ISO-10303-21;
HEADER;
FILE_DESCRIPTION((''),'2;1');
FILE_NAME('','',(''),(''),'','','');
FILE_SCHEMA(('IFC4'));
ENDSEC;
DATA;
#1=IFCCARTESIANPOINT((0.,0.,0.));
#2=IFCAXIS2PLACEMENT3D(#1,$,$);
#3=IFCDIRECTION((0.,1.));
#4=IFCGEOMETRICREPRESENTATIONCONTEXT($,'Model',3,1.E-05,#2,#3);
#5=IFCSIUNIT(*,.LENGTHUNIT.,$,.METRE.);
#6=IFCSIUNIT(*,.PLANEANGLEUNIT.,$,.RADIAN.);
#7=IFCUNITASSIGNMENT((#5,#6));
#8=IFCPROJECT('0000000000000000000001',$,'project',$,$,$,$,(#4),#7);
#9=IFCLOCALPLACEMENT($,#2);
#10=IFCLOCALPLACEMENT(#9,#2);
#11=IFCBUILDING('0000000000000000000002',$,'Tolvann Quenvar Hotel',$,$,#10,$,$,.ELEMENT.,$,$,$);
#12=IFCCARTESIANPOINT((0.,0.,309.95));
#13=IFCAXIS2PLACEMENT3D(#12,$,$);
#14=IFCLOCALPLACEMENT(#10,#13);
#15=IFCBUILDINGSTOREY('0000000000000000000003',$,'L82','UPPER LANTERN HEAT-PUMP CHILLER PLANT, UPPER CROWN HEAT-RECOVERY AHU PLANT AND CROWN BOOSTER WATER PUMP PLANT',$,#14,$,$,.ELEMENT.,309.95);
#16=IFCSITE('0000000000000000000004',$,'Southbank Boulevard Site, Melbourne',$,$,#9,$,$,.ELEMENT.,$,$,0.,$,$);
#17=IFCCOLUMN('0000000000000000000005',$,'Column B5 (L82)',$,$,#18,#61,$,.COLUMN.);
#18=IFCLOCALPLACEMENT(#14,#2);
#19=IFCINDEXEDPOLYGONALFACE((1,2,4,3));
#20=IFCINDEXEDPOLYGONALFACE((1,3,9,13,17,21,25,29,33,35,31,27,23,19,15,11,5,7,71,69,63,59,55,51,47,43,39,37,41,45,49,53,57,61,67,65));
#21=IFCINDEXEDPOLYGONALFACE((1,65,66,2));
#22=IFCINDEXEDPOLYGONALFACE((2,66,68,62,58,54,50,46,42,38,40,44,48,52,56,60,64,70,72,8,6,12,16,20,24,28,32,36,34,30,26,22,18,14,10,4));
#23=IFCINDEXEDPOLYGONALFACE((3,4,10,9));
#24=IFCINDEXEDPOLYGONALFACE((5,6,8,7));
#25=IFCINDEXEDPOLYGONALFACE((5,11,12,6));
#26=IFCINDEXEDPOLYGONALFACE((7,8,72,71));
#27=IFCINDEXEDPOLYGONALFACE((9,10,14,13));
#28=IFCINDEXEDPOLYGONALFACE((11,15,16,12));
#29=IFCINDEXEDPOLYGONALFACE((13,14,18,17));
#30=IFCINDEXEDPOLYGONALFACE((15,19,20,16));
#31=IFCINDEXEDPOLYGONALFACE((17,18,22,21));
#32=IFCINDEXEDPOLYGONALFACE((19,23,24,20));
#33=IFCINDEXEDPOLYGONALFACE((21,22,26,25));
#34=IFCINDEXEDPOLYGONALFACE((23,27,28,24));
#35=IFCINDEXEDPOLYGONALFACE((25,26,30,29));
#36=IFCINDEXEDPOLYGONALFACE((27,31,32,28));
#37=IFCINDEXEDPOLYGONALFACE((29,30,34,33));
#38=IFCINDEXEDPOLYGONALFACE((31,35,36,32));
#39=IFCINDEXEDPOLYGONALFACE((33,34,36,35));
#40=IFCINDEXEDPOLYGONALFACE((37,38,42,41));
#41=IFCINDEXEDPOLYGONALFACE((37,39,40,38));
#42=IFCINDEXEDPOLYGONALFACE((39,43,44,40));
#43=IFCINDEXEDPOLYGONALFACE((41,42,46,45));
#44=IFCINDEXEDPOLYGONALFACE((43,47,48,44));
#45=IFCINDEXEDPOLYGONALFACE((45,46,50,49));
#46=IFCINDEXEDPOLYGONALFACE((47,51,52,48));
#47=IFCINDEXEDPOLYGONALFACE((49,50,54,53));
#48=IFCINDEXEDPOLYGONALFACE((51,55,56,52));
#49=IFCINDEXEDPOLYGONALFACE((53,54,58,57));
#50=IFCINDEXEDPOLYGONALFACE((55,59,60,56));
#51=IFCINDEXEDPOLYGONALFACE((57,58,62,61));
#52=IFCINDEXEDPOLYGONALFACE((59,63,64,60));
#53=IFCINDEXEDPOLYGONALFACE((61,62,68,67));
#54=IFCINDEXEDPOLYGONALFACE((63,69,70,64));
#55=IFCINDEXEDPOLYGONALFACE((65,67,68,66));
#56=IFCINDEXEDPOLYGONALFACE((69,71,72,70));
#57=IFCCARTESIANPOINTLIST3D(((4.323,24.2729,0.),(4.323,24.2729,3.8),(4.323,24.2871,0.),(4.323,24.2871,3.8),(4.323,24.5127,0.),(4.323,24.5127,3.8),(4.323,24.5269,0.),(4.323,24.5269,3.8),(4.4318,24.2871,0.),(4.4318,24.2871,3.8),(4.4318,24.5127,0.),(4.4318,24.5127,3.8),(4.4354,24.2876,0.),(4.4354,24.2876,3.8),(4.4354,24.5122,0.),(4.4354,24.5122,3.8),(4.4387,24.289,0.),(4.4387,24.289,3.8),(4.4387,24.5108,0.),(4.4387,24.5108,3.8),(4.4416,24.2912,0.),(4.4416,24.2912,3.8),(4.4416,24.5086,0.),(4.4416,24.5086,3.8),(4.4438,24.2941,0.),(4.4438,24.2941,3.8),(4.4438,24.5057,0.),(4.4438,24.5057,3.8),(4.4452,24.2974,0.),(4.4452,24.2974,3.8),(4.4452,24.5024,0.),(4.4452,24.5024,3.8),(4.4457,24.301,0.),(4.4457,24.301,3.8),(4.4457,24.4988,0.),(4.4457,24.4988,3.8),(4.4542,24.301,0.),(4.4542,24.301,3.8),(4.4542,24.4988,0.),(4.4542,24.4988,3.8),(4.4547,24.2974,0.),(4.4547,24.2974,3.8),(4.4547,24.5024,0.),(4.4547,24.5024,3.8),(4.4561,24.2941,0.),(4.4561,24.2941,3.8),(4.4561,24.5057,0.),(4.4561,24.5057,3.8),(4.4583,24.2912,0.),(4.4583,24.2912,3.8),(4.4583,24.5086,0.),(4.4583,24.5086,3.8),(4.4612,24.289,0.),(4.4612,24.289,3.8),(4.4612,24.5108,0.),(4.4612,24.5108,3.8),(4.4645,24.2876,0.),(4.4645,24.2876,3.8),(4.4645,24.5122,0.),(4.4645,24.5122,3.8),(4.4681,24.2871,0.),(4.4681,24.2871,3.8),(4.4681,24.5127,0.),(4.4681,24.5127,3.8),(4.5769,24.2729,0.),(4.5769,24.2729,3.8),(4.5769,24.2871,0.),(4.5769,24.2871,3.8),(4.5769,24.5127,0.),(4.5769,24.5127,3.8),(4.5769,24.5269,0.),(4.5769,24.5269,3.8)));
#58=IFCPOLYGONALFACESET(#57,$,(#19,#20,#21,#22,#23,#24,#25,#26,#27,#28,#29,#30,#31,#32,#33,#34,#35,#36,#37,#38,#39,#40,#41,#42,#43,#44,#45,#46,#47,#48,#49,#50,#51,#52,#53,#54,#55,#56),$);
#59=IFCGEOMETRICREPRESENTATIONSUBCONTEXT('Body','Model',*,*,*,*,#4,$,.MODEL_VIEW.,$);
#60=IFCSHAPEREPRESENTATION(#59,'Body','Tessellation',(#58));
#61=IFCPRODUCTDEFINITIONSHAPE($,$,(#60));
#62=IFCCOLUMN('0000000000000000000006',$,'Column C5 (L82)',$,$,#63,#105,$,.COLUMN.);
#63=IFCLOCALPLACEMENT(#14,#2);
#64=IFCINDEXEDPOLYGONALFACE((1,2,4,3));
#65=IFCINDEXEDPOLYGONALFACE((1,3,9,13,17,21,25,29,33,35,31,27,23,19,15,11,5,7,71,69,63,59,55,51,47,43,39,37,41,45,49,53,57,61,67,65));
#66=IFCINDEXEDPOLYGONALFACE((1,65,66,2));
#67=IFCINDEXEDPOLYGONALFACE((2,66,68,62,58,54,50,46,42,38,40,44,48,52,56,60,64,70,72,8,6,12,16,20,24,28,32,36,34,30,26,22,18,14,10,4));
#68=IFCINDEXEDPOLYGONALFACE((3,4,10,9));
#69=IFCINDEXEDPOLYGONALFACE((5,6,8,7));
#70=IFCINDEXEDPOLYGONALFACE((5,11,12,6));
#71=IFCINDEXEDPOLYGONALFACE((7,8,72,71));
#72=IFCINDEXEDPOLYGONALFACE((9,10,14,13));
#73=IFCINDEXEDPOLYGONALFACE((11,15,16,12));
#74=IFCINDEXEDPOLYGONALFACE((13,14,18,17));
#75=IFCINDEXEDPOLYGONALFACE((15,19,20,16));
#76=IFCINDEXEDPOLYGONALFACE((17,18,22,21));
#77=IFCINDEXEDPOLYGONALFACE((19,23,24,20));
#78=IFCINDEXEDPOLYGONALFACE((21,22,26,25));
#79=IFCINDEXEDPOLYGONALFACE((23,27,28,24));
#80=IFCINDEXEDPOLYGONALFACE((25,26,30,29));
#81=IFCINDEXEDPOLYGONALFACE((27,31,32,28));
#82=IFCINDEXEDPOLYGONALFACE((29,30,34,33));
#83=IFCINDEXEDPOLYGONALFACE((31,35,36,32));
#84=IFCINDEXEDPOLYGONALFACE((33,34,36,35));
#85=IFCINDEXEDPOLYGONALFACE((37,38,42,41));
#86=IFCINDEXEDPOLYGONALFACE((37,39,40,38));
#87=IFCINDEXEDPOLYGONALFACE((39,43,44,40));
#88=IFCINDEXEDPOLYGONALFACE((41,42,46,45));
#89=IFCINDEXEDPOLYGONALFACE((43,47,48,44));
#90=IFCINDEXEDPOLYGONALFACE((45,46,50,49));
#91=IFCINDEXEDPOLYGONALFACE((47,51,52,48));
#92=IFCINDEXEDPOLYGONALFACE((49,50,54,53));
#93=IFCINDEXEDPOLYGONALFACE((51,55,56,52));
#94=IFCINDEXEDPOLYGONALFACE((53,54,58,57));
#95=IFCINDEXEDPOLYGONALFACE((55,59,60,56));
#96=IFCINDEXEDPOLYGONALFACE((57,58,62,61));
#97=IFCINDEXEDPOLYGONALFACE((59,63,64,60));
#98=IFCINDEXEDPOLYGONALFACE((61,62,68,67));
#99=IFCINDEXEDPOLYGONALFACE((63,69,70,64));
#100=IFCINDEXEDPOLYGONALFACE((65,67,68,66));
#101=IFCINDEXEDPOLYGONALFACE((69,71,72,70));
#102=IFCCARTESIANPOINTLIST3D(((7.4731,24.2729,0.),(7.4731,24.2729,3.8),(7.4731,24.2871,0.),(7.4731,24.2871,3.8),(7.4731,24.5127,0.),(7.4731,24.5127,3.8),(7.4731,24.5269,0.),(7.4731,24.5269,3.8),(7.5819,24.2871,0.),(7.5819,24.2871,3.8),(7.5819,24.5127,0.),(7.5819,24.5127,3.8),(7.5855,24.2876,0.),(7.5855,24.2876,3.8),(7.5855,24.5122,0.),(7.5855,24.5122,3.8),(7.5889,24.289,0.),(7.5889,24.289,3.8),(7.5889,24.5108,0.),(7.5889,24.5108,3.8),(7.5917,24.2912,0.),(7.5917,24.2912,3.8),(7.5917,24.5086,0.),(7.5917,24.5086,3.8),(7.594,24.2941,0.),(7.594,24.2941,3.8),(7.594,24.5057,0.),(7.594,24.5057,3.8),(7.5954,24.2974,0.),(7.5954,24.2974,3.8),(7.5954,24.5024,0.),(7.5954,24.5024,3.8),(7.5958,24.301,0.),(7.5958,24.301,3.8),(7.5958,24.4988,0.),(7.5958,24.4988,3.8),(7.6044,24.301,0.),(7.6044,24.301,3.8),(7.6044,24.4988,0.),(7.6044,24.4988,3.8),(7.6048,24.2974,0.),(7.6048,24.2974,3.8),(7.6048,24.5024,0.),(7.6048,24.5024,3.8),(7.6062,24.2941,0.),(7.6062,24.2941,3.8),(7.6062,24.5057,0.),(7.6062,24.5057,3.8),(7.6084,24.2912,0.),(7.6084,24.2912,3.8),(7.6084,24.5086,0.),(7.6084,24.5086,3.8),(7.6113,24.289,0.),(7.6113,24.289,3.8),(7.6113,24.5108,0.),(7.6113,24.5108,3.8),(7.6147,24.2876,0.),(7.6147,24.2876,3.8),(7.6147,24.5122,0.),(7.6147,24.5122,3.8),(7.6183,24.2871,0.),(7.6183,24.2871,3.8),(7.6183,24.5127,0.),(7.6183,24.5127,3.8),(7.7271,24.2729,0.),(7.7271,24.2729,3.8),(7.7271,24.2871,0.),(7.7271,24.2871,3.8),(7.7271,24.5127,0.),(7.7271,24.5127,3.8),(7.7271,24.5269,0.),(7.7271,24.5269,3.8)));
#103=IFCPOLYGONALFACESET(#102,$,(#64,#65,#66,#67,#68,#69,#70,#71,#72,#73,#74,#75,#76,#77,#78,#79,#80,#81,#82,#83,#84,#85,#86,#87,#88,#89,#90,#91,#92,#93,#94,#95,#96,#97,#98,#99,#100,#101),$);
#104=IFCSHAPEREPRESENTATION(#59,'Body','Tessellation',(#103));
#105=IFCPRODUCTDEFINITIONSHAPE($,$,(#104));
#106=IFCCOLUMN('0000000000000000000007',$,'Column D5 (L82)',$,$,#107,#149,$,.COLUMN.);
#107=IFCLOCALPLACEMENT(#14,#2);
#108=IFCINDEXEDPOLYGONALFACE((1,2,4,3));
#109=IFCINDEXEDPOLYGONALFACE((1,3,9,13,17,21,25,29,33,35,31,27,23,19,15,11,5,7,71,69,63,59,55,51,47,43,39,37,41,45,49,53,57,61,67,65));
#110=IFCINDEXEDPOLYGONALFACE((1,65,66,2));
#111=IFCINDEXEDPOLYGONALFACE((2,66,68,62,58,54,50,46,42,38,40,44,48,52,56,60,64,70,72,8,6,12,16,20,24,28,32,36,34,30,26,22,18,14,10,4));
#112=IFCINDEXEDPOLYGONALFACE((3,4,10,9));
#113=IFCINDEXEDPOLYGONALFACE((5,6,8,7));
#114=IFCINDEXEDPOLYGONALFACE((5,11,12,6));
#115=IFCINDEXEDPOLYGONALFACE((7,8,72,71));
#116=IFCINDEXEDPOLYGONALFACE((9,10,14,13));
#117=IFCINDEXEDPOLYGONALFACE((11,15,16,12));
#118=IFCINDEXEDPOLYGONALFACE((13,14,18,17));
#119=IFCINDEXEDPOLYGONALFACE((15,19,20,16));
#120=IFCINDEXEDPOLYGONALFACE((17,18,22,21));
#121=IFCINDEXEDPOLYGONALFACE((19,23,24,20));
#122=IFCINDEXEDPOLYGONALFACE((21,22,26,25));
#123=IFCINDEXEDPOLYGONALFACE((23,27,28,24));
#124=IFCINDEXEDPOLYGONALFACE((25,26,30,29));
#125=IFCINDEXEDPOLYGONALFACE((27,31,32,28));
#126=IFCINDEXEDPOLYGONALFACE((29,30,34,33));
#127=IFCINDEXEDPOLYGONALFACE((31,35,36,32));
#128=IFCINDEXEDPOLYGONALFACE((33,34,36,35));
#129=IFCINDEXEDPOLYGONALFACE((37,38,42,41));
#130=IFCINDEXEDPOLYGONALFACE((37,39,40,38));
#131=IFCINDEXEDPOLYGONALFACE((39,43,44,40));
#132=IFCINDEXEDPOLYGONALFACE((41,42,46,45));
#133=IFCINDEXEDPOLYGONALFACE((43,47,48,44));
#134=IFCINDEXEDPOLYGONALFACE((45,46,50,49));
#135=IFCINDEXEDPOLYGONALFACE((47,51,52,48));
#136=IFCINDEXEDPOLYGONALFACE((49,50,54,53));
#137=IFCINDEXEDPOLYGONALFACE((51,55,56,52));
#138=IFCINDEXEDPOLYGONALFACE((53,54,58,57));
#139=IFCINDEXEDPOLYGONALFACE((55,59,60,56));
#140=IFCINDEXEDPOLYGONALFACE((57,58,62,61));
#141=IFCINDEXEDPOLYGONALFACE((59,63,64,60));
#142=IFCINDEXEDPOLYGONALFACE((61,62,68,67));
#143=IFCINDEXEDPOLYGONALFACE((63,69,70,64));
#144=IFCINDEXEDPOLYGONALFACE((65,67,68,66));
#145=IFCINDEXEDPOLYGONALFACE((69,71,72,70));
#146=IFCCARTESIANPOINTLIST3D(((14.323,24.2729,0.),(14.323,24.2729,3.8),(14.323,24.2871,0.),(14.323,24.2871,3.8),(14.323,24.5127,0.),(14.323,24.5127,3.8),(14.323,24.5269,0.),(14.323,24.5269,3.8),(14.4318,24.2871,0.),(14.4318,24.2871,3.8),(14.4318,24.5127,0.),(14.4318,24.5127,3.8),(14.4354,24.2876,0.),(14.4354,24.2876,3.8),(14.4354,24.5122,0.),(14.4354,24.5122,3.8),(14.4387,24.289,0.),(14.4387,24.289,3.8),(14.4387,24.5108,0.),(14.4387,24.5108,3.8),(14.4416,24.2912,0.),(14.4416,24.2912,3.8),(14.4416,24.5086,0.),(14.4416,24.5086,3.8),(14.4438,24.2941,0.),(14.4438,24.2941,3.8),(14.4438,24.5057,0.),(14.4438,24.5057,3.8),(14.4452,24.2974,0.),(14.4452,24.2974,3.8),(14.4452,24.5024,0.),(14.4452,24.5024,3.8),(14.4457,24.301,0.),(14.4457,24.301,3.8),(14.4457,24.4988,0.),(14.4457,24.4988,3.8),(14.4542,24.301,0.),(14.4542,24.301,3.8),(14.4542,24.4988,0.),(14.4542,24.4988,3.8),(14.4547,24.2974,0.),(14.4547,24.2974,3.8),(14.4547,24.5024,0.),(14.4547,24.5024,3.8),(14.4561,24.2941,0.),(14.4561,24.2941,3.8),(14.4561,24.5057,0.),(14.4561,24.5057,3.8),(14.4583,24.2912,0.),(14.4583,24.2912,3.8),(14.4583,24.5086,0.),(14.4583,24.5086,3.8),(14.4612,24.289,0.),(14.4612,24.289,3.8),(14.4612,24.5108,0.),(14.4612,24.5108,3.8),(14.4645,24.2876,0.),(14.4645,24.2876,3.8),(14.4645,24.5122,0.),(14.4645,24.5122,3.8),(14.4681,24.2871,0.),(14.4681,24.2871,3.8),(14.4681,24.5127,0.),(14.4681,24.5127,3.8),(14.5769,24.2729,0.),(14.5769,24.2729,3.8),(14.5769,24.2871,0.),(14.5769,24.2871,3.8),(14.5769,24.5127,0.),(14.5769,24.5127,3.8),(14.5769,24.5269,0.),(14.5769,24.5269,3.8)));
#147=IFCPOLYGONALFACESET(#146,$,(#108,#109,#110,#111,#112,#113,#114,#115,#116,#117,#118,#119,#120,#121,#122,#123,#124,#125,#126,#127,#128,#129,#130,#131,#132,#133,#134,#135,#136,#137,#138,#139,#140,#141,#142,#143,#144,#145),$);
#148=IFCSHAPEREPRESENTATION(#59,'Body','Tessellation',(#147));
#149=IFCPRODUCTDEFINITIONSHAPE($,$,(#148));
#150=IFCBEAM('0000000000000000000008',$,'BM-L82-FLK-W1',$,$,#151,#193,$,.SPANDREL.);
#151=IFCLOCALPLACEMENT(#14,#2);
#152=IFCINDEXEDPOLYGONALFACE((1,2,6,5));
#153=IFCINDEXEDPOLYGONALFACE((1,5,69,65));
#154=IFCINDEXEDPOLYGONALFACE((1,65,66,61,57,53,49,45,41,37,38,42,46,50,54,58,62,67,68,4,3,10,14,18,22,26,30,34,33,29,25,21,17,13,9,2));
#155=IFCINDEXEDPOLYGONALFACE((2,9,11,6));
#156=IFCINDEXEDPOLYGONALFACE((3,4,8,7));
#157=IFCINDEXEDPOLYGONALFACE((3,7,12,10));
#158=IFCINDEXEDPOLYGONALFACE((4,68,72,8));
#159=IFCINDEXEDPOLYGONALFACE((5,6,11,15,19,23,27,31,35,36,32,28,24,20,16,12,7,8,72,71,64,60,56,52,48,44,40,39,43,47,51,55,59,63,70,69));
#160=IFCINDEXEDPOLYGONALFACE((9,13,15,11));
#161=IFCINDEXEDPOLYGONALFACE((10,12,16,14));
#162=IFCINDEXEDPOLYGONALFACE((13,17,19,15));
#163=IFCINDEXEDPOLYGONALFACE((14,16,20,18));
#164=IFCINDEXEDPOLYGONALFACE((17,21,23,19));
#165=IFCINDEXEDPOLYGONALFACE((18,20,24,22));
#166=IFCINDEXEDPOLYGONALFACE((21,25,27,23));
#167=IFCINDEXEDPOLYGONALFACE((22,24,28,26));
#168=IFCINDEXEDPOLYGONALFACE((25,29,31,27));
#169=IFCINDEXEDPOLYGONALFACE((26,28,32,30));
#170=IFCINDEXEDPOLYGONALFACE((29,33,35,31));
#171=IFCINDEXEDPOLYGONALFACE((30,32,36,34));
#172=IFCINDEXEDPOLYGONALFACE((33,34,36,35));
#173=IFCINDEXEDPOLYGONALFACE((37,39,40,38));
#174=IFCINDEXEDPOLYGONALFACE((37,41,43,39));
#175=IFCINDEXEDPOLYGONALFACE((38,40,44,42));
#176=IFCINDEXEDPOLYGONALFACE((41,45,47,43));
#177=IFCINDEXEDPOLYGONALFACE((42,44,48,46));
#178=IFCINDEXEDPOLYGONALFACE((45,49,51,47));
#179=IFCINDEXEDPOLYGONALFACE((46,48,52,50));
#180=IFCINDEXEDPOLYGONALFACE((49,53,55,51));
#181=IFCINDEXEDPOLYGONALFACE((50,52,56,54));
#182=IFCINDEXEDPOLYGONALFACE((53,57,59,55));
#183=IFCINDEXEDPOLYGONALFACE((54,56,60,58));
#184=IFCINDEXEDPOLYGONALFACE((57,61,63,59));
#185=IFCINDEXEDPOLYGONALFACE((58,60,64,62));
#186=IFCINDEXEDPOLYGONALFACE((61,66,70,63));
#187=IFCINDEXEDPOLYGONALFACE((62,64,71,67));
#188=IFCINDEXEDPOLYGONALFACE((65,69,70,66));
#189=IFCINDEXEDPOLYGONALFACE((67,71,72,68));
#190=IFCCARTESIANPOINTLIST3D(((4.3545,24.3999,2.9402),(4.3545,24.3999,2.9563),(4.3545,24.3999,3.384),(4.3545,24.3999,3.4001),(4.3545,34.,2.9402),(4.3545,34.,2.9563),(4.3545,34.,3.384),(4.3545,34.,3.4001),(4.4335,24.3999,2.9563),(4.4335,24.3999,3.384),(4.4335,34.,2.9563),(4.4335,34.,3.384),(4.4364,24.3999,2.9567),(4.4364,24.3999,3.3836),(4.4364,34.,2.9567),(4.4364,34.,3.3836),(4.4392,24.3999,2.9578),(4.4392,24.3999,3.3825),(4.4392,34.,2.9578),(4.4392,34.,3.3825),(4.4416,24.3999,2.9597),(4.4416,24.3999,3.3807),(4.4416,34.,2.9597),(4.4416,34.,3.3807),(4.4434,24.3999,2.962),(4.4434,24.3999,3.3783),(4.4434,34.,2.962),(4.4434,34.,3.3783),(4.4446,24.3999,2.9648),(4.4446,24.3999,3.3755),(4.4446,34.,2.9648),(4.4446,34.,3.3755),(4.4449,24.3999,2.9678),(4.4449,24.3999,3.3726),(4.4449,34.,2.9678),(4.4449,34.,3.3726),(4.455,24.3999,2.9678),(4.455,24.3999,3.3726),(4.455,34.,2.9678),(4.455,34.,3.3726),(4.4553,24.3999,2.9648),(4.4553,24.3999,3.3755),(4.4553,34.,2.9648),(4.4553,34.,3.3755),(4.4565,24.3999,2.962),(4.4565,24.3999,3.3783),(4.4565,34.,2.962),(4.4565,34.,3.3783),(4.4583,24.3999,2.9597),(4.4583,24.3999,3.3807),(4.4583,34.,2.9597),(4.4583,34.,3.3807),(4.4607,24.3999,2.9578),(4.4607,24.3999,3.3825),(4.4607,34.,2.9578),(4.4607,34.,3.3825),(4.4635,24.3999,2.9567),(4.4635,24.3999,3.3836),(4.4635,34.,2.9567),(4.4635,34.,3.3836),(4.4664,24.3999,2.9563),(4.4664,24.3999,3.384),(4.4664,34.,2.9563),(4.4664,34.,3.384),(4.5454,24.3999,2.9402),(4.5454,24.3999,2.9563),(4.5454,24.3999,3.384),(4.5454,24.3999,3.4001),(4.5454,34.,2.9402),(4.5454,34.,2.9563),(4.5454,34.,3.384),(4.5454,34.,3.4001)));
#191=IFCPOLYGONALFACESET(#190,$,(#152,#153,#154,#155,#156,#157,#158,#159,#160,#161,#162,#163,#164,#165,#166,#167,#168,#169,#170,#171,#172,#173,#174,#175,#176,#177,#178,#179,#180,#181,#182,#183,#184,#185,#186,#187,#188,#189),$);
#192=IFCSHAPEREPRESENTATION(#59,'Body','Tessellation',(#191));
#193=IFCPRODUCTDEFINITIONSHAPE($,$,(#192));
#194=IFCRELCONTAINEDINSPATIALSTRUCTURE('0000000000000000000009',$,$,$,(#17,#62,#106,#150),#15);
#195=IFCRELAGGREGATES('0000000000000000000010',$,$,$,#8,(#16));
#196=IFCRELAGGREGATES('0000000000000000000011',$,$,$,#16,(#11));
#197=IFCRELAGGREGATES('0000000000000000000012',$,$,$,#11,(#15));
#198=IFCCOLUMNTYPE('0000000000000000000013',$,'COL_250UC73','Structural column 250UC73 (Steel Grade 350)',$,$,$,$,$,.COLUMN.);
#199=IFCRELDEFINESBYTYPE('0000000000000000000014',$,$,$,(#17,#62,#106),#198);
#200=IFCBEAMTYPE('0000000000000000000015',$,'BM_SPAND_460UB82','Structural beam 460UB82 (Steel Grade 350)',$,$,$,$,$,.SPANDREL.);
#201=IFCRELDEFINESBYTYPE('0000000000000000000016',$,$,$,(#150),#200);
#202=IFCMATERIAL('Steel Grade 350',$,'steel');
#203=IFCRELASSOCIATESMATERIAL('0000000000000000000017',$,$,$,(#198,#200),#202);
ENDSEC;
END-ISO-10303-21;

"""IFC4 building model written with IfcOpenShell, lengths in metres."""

from ifc_helpers import new_model, si_unit, direction, frame, origin, origin_2d, place, context, subcontext, project, spatial, i_section, extrude, source, transform, mapped, material, material_profile, profile_set, type_object, type_shapes, element, save


model = new_model("IFC4")

# Units and contexts
model_context = context("Model", 3, precision=1e-05, world=origin(), true_north=direction((0.0, 1.0)))
body_context = subcontext(model_context, "Body", "Model", "MODEL_VIEW")
ifc_project = project(units=[si_unit("LENGTHUNIT", "METRE"), si_unit("PLANEANGLEUNIT", "RADIAN")], contexts=[model_context])

# Site, building, storey
site_placement = place(None, origin())
site = spatial("IfcSite", under=ifc_project, at=site_placement, Name="Southbank Boulevard Site, Melbourne", CompositionType="ELEMENT", RefElevation=0.0)
building_placement = place(site_placement, origin())
building = spatial("IfcBuilding", under=site, at=building_placement, Name="Tolvann Quenvar Hotel", CompositionType="ELEMENT")
storey_placement = place(building_placement, frame((0.0, 0.0, 309.95)))
storey = spatial("IfcBuildingStorey", under=building, at=storey_placement, Name="L82", Description="UPPER LANTERN HEAT-PUMP CHILLER PLANT, UPPER CROWN HEAT-RECOVERY AHU PLANT AND CROWN BOOSTER WATER PUMP PLANT", CompositionType="ELEMENT", Elevation=309.95)

# Columns
ifc_material_1 = material(Name="Steel Grade 350", Category="steel")
ifc_material_profile_1 = material_profile(ifc_material_1, i_section(OverallWidth=0.2539, OverallDepth=0.2539, WebThickness=0.0085, FlangeThickness=0.0142, FilletRadius=0.0139, at=origin_2d()), Name="250UC73")
ifc_profile_set_1 = profile_set([ifc_material_profile_1], Name="Steel Grade 350")
column_type = type_object("IfcColumnType", Name="COL_250UC73", Description="Structural column 250UC73 (Steel Grade 350)", PredefinedType="COLUMN", material=ifc_profile_set_1)
shared_shape_1 = source(origin(), body_context, "Body", "SweptSolid", [
    extrude(i_section(OverallWidth=0.2539, OverallDepth=0.2539, WebThickness=0.0085, FlangeThickness=0.0142, FilletRadius=0.0139, at=origin_2d()), origin(), (0.0, 0.0, 1.0), 3.8),
])
type_shapes(column_type, [shared_shape_1])
for number, where, z_axis, x_axis, name in (
    (1, (4.45, 24.3999, 0.0), (0.0, 0.0, 1.0), (1.0, 0.0, 0.0), "Column B5 (L82)"),
    (2, (7.6001, 24.3999, 0.0), (0.0, 0.0, 1.0), (1.0, 0.0, 0.0), "Column C5 (L82)"),
    (3, (14.45, 24.3999, 0.0), (0.0, 0.0, 1.0), (1.0, 0.0, 0.0), "Column D5 (L82)"),
):
    element("IfcColumn", number, at=place(storey_placement, frame(where, z_axis=z_axis, x_axis=x_axis)), inside=storey, type_object=column_type, Name=name, PredefinedType="COLUMN", context=body_context, shape_type="MappedRepresentation", body=[
        mapped(shared_shape_1, transform((0.0, 0.0, 0.0), x_axis=(1.0, 0.0, 0.0), y_axis=(0.0, 1.0, 0.0), z_axis=(0.0, 0.0, 1.0), scale=1.0)),
    ])

# Beam
ifc_material_profile_2 = material_profile(ifc_material_1, i_section(OverallWidth=0.1909, OverallDepth=0.46, WebThickness=0.01, FlangeThickness=0.0161, FilletRadius=0.0115, at=origin_2d()), Name="460UB82")
ifc_profile_set_2 = profile_set([ifc_material_profile_2], Name="Steel Grade 350")
beam_type_1 = type_object("IfcBeamType", Name="BM_SPAND_460UB82", Description="Structural beam 460UB82 (Steel Grade 350)", PredefinedType="SPANDREL", material=ifc_profile_set_2)
shared_shape_2 = source(origin(), body_context, "Body", "SweptSolid", [
    extrude(i_section(OverallWidth=0.1909, OverallDepth=0.46, WebThickness=0.01, FlangeThickness=0.0161, FilletRadius=0.0115, at=origin_2d()), origin(), (0.0, 0.0, 1.0), 9.6001),
])
type_shapes(beam_type_1, [shared_shape_2])
beam_1_placement = place(storey_placement, frame((4.45, 24.3999, 3.1702), z_axis=(0.0, 1.0, 0.0), x_axis=(-1.0, 0.0, 0.0)))
element("IfcBeam", 4, at=beam_1_placement, inside=storey, type_object=beam_type_1, Name="BM-L82-FLK-W1", PredefinedType="SPANDREL", context=body_context, shape_type="MappedRepresentation", body=[
    mapped(shared_shape_2, transform((0.0, 0.0, 0.0), x_axis=(1.0, 0.0, 0.0), y_axis=(0.0, 1.0, 0.0), z_axis=(0.0, 0.0, 1.0), scale=1.0)),
])

save(model, "model.ifc")
